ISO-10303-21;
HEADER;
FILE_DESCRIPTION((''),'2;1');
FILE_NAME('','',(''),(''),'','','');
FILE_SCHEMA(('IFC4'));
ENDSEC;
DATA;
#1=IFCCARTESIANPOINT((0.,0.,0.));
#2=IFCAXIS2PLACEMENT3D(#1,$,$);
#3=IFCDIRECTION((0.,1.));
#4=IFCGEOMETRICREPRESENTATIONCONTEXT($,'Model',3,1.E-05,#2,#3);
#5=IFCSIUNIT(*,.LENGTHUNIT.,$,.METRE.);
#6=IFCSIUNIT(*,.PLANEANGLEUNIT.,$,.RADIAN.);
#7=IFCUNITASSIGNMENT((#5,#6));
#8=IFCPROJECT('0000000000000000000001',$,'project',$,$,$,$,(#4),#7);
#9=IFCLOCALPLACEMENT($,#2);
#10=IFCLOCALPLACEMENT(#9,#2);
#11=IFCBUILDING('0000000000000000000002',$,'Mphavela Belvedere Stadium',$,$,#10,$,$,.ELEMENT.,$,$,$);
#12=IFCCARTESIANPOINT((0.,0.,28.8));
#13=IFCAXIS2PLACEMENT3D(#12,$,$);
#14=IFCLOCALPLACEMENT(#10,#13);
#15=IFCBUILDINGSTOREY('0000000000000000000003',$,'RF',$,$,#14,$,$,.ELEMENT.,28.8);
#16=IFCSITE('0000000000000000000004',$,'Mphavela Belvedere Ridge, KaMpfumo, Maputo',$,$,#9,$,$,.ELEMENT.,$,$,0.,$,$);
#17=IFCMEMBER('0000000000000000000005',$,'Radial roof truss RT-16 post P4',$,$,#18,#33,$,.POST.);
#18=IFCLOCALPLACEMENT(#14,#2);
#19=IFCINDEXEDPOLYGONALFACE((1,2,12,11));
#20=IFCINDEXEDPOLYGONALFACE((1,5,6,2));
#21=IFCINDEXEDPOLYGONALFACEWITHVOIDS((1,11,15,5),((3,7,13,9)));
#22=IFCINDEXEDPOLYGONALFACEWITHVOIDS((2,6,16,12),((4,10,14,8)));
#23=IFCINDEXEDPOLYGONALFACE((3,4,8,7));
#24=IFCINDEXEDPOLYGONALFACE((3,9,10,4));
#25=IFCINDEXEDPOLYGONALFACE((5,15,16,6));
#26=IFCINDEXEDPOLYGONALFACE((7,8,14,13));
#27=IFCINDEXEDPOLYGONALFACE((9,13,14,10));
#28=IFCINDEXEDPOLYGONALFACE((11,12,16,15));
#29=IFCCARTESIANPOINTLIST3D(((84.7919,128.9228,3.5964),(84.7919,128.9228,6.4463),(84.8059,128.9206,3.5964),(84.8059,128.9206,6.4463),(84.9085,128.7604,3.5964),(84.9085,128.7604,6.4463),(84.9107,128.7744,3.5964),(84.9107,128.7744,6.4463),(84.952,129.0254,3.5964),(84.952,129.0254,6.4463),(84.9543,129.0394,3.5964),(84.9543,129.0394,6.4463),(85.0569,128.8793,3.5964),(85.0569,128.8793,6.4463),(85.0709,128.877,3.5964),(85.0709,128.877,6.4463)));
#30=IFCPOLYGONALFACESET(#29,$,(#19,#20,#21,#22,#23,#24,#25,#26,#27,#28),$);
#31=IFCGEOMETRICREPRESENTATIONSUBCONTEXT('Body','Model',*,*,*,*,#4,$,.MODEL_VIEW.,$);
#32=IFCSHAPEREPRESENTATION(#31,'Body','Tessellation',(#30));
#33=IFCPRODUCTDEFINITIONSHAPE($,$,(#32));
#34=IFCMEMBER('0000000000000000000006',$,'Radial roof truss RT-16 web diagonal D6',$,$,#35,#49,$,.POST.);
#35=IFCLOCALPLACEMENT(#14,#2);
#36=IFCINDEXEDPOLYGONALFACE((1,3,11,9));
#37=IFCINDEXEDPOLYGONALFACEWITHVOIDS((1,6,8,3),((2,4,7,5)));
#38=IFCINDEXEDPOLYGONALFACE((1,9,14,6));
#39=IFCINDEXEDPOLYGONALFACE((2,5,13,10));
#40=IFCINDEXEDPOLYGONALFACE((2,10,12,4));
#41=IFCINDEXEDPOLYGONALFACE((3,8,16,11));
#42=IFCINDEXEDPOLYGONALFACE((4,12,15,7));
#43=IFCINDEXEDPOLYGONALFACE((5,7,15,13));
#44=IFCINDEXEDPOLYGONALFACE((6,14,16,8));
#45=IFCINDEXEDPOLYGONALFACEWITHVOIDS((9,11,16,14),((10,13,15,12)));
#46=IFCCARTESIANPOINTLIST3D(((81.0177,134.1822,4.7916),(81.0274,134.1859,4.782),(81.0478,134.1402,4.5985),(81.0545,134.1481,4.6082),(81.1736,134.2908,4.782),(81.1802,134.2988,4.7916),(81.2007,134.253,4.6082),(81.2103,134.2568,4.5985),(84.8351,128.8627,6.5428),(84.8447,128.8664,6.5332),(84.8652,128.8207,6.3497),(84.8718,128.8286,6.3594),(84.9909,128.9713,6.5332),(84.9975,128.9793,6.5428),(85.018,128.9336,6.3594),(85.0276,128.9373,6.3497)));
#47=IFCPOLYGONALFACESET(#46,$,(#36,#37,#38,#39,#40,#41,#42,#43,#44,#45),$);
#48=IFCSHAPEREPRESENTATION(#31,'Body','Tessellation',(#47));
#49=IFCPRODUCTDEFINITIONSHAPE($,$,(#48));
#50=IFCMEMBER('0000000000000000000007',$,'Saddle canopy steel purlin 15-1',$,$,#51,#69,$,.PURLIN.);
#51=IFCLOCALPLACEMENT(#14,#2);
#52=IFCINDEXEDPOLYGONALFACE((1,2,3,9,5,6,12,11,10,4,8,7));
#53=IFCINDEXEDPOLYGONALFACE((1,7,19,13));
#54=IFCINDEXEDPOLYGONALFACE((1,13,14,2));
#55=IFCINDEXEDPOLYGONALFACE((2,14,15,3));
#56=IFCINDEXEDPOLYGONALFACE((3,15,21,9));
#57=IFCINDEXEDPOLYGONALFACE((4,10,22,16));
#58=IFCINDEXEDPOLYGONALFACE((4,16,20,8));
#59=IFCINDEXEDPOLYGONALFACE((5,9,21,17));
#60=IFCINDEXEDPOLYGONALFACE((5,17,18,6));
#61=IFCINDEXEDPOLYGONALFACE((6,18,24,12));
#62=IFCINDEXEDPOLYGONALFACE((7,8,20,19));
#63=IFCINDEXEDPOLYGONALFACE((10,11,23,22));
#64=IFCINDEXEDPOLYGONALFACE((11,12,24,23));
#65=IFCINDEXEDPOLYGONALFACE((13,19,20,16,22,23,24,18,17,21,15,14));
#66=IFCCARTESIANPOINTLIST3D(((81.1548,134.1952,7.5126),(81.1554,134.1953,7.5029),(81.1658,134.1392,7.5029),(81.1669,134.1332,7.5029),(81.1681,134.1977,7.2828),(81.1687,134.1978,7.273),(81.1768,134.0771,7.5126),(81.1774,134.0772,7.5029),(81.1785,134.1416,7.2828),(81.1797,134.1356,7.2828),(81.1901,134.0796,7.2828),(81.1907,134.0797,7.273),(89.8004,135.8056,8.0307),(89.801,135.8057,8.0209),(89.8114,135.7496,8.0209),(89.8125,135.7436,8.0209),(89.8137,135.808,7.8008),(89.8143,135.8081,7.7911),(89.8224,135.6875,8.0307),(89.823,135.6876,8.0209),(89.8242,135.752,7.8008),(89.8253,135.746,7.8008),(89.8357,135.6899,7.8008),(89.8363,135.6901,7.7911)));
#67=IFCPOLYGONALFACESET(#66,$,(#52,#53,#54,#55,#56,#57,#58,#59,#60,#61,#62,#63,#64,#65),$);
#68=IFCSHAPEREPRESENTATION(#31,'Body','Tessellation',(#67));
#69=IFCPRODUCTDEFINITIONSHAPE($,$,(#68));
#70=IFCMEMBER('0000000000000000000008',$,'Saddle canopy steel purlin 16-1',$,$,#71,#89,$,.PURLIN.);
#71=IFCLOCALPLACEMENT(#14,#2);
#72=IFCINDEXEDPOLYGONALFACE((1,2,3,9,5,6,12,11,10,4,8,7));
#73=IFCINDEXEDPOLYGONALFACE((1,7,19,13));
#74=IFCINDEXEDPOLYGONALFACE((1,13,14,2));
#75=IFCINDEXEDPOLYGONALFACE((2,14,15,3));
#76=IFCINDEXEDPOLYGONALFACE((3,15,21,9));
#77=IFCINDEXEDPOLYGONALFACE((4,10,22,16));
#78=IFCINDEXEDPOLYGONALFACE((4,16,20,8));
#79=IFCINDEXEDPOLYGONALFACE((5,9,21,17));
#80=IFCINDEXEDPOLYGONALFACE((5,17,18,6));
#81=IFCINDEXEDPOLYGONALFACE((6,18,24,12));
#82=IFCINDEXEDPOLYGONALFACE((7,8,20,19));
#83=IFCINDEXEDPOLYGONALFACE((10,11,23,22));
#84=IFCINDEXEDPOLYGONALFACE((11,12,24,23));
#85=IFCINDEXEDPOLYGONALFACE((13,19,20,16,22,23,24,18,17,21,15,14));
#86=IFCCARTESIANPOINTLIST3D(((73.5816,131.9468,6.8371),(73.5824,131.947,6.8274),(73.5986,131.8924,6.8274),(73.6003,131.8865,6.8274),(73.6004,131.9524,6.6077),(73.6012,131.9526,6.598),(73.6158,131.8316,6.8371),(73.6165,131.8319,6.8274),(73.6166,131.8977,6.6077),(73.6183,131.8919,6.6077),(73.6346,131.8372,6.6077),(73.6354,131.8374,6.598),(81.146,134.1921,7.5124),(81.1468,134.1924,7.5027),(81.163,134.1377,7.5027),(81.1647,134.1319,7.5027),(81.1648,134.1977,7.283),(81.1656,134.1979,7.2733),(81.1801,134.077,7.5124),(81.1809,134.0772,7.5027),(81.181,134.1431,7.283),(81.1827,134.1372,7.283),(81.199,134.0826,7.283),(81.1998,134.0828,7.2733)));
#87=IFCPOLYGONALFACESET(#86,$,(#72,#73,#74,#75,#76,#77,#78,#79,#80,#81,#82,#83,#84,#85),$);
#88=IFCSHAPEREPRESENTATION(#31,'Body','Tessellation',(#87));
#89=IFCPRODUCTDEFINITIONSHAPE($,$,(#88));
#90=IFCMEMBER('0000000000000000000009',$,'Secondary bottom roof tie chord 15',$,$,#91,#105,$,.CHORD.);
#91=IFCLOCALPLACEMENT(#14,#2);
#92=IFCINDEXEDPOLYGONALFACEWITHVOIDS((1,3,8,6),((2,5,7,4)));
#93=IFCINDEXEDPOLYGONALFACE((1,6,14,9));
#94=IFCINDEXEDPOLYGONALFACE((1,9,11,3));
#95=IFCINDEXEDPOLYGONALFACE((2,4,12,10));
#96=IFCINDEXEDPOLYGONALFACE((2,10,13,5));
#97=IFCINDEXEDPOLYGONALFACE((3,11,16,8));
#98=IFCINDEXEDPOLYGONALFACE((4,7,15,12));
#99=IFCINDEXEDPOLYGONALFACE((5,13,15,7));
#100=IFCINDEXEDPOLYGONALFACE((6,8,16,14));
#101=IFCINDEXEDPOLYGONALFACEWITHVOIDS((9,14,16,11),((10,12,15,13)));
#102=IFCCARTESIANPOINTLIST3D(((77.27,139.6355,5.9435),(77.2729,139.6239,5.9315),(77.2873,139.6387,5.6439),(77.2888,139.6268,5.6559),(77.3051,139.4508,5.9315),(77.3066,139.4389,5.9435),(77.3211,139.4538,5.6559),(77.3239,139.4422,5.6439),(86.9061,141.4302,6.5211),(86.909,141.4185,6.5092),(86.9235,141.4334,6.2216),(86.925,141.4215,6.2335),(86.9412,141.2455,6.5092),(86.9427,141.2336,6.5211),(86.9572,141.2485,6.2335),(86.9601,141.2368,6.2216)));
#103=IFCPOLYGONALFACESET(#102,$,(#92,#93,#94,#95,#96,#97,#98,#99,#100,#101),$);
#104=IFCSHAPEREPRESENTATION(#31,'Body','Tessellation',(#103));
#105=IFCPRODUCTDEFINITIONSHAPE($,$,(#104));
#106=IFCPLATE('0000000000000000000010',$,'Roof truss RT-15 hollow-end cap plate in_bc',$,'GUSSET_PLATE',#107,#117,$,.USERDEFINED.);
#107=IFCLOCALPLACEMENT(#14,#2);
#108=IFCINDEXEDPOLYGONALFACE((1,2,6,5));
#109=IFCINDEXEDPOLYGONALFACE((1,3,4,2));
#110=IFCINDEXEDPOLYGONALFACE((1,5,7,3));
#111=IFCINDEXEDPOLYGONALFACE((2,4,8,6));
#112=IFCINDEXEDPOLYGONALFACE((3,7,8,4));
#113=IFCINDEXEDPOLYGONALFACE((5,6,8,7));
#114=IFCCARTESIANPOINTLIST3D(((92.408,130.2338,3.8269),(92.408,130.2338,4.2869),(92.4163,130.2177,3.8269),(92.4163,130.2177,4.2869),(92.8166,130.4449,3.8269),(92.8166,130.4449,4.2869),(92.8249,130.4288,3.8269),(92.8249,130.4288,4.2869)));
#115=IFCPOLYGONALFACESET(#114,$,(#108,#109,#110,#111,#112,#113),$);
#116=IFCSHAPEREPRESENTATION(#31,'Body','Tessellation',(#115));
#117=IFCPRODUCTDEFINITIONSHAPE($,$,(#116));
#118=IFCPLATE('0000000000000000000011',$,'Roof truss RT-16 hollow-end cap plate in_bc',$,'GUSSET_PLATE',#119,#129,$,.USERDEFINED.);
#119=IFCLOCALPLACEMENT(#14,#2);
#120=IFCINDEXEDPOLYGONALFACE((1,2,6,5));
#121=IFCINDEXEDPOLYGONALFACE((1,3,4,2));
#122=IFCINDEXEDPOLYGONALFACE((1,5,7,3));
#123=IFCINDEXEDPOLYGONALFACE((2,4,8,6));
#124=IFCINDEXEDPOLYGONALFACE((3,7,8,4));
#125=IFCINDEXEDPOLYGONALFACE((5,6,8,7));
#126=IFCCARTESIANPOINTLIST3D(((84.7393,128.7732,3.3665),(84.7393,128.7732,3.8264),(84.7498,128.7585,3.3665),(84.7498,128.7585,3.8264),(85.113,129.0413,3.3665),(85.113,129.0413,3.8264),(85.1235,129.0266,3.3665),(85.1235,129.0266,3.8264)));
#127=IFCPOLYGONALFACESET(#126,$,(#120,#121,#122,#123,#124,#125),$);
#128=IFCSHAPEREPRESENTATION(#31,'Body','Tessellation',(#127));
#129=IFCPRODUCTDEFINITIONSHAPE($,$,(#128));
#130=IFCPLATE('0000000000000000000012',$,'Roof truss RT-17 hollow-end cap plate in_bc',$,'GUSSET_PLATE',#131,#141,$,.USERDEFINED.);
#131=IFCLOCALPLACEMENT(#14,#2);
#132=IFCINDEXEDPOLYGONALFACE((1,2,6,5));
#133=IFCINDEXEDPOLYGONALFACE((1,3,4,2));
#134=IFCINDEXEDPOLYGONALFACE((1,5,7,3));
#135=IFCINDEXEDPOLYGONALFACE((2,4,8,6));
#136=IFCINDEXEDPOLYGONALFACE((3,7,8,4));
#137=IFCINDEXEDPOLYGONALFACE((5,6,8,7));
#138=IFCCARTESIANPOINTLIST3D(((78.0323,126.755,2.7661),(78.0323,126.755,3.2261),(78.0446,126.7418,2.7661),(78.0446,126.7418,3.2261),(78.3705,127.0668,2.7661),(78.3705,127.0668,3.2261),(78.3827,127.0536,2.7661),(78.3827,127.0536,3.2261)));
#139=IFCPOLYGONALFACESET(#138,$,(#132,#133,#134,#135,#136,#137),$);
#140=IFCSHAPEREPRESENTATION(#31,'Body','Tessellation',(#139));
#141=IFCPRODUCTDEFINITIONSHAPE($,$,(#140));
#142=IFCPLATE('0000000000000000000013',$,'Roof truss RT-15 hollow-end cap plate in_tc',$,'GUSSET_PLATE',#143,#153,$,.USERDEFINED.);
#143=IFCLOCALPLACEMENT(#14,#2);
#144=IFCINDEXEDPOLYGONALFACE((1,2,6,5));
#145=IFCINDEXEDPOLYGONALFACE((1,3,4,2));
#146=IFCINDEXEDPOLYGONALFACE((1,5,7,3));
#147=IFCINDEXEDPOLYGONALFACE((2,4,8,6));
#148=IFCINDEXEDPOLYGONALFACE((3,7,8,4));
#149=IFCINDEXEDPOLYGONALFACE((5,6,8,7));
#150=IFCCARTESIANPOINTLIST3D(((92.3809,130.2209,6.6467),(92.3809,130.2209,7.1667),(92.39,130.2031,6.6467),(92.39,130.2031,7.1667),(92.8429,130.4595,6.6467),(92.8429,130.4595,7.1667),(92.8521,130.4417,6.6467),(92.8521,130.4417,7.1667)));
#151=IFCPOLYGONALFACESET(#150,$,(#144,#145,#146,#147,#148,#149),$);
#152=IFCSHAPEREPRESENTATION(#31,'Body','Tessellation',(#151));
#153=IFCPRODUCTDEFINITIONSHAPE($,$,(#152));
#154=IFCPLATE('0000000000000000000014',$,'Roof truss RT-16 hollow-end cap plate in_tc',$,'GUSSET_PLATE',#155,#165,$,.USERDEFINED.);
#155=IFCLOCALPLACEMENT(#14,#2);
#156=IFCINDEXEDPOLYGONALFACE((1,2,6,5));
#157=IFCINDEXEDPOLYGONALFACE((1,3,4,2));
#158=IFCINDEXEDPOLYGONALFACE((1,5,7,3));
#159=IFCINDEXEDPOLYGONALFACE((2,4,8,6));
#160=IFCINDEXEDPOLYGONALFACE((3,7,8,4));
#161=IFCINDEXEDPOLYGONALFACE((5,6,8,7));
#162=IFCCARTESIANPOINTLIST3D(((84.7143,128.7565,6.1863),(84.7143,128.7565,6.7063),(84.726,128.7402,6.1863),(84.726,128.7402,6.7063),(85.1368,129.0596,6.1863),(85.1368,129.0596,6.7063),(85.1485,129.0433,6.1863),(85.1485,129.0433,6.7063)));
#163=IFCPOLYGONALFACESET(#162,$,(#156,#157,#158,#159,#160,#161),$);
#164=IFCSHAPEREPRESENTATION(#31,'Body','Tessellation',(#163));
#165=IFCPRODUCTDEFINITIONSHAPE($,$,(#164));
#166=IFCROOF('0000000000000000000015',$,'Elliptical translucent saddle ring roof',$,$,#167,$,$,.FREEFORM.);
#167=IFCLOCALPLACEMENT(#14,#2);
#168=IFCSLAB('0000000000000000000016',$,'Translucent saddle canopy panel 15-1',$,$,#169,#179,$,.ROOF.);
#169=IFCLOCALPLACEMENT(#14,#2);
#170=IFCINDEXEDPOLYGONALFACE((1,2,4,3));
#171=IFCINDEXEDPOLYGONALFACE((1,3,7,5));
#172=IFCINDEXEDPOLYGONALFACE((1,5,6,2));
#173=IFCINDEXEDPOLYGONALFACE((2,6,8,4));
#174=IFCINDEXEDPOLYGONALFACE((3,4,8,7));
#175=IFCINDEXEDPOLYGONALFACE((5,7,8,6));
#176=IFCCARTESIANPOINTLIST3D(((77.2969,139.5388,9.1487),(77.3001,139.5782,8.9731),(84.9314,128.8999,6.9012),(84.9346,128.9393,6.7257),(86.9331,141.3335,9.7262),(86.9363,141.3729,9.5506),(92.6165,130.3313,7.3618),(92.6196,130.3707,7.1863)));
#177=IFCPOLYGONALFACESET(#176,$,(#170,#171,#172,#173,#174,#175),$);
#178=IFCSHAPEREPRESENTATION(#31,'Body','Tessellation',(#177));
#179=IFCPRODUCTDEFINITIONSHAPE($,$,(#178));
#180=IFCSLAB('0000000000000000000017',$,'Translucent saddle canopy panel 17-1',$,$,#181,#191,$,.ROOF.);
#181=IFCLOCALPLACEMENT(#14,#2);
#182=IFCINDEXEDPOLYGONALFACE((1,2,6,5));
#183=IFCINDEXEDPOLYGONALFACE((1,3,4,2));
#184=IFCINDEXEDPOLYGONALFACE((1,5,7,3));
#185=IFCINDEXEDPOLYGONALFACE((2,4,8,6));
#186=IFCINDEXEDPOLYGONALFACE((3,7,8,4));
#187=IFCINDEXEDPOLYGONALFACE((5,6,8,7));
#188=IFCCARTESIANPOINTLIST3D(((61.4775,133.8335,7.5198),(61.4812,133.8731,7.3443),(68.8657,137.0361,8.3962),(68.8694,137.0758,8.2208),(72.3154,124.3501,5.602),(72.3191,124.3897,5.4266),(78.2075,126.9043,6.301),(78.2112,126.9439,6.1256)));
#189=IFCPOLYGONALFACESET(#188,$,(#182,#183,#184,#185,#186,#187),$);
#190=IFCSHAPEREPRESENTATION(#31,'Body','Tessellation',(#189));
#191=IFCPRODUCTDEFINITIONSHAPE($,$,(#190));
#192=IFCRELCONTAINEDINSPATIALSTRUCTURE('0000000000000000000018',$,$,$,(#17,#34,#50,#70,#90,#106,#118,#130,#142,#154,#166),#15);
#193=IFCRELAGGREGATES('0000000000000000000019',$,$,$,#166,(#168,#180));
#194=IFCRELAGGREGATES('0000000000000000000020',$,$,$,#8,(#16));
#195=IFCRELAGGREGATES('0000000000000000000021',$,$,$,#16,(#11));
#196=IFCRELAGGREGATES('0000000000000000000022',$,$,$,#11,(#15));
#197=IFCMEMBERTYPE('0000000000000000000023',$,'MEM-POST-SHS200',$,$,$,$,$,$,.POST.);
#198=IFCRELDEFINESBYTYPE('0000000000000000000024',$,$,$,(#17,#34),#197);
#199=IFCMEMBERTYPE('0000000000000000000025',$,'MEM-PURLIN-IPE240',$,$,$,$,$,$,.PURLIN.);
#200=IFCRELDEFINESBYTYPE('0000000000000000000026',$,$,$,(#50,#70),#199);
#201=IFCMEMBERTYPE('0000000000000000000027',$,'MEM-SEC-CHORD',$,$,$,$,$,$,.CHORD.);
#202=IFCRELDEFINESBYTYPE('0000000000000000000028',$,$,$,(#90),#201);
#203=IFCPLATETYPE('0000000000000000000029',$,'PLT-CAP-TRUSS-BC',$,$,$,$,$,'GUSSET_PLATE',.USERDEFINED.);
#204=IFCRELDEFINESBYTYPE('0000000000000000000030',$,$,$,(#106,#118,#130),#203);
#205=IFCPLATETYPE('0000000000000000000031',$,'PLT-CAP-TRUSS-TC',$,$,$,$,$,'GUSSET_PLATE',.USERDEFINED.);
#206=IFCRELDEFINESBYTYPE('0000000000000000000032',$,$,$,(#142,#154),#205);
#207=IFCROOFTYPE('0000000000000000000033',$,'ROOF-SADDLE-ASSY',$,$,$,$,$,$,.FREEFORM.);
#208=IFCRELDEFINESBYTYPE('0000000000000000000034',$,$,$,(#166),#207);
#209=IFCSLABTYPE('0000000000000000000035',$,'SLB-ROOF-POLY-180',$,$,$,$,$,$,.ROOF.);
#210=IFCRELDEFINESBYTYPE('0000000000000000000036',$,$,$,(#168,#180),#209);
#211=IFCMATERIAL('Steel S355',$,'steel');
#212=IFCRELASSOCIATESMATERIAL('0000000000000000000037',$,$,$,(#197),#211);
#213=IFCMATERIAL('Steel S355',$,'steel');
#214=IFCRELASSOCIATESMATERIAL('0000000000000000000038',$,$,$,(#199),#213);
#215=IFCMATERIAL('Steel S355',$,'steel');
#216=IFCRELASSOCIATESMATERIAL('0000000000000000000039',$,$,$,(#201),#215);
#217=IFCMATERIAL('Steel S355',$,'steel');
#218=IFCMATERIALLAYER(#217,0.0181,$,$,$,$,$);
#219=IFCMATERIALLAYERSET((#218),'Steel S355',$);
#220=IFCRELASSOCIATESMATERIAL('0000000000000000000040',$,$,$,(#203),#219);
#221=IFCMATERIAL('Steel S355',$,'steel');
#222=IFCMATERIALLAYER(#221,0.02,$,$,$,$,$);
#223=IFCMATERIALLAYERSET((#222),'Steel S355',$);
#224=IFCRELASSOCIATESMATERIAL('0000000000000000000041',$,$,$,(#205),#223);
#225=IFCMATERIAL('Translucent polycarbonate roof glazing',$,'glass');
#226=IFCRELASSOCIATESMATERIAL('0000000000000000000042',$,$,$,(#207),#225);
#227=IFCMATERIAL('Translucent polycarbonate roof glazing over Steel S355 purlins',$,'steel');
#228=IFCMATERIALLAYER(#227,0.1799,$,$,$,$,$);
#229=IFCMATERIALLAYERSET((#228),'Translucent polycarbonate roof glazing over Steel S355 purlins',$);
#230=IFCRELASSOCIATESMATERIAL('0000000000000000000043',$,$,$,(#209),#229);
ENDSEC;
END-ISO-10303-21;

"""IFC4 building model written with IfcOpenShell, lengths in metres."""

from ifc_helpers import new_model, si_unit, direction, frame, origin, origin_2d, place, context, subcontext, project, spatial, polyline, rectangle, hollow_rectangle, i_section, outline, extrude, material, layer, layer_set, material_profile, profile_set, type_object, element, aggregate, save


model = new_model("IFC4")

# Units and contexts
model_context = context("Model", 3, precision=1e-05, world=origin(), true_north=direction((0.0, 1.0)))
body_context = subcontext(model_context, "Body", "Model", "MODEL_VIEW")
ifc_project = project(units=[si_unit("LENGTHUNIT", "METRE"), si_unit("PLANEANGLEUNIT", "RADIAN")], contexts=[model_context])

# Site, building, storey
site_placement = place(None, origin())
site = spatial("IfcSite", under=ifc_project, at=site_placement, Name="Mphavela Belvedere Ridge, KaMpfumo, Maputo", CompositionType="ELEMENT", RefElevation=0.0)
building_placement = place(site_placement, origin())
building = spatial("IfcBuilding", under=site, at=building_placement, Name="Mphavela Belvedere Stadium", CompositionType="ELEMENT")
storey_placement = place(building_placement, frame((0.0, 0.0, 28.8)))
storey = spatial("IfcBuildingStorey", under=building, at=storey_placement, Name="RF", CompositionType="ELEMENT", Elevation=28.8)

# Members
ifc_material_1 = material(Name="Steel S355", Category="steel")
ifc_material_profile_1 = material_profile(ifc_material_1, hollow_rectangle(XDim=0.2, YDim=0.2, WallThickness=0.01, at=origin_2d()), Name="SHS 200x200x10")
ifc_profile_set_1 = profile_set([ifc_material_profile_1], Name="Steel S355")
member_type_1 = type_object("IfcMemberType", Name="MEM-POST-SHS200", PredefinedType="POST", material=ifc_profile_set_1)
member_1_placement = place(storey_placement, frame((84.9314, 128.8999, 3.5964), z_axis=(0.0, 0.0, 1.0), x_axis=(-0.582974, 0.812491, 0.0)))
element("IfcMember", 1, at=member_1_placement, inside=storey, type_object=member_type_1, Name="Radial roof truss RT-16 post P4", PredefinedType="POST", context=body_context, shape_type="SweptSolid", body=[
    extrude(hollow_rectangle(XDim=0.2, YDim=0.2, WallThickness=0.01, at=origin_2d()), origin(), (0.0, 0.0, 1.0), 2.8499),
])
member_2_placement = place(storey_placement, frame((81.114, 134.2195, 4.6951), z_axis=(0.563227, -0.784866, 0.25838), x_axis=(0.812454, 0.583025, 0.0)))
element("IfcMember", 2, at=member_2_placement, inside=storey, type_object=member_type_1, Name="Radial roof truss RT-16 web diagonal D6", PredefinedType="POST", context=body_context, shape_type="SweptSolid", body=[
    extrude(hollow_rectangle(XDim=0.2, YDim=0.2, WallThickness=0.01, at=origin_2d()), origin(), (0.0, 0.0, 1.0), 6.7776),
])
ifc_material_2 = material(Name="Steel S355", Category="steel")
ifc_material_profile_2 = material_profile(ifc_material_2, i_section(OverallWidth=0.1201, OverallDepth=0.24, WebThickness=0.0061, FlangeThickness=0.0098, at=origin_2d()), Name="IPE 240")
ifc_profile_set_2 = profile_set([ifc_material_profile_2], Name="Steel S355")
member_type_2 = type_object("IfcMemberType", Name="MEM-PURLIN-IPE240", PredefinedType="PURLIN", material=ifc_profile_set_2)
member_3_placement = place(storey_placement, frame((89.8184, 135.7478, 7.9109), z_axis=(-0.98139, -0.182798, -0.058808), x_axis=(0.183115, -0.983091, 0.0)))
element("IfcMember", 3, at=member_3_placement, inside=storey, type_object=member_type_2, Name="Saddle canopy steel purlin 15-1", PredefinedType="PURLIN", context=body_context, shape_type="SweptSolid", body=[
    extrude(i_section(OverallWidth=0.1201, OverallDepth=0.24, WebThickness=0.0061, FlangeThickness=0.0098, at=origin_2d()), origin(), (0.0, 0.0, 1.0), 8.8096),
])
member_4_placement = place(storey_placement, frame((81.1729, 134.1375, 7.3928), z_axis=(-0.955167, -0.283523, -0.08527), x_axis=(0.284559, -0.958658, 0.0)))
element("IfcMember", 4, at=member_4_placement, inside=storey, type_object=member_type_2, Name="Saddle canopy steel purlin 16-1", PredefinedType="PURLIN", context=body_context, shape_type="SweptSolid", body=[
    extrude(i_section(OverallWidth=0.1201, OverallDepth=0.24, WebThickness=0.0061, FlangeThickness=0.0098, at=origin_2d()), origin(), (0.0, 0.0, 1.0), 7.9194),
])
ifc_material_3 = material(Name="Steel S355", Category="steel")
ifc_material_profile_3 = material_profile(ifc_material_3, hollow_rectangle(XDim=0.2, YDim=0.3, WallThickness=0.012, at=origin_2d()), Name="RHS 300x200x12")
ifc_profile_set_3 = profile_set([ifc_material_profile_3], Name="Steel S355")
member_type_3 = type_object("IfcMemberType", Name="MEM-SEC-CHORD", PredefinedType="CHORD", material=ifc_profile_set_3)
member_5_placement = place(storey_placement, frame((86.9331, 141.3335, 6.3713), z_axis=(-0.981393, -0.182777, -0.058829), x_axis=(0.183094, -0.983095, 0.0)))
element("IfcMember", 5, at=member_5_placement, inside=storey, type_object=member_type_3, Name="Secondary bottom roof tie chord 15", PredefinedType="CHORD", context=body_context, shape_type="SweptSolid", body=[
    extrude(hollow_rectangle(XDim=0.2, YDim=0.3, WallThickness=0.012, at=origin_2d()), origin(), (0.0, 0.0, 1.0), 9.8188),
])

# Plates
ifc_material_4 = material(Name="Steel S355", Category="steel")
ifc_layer_1 = layer(ifc_material_4, 0.0181)
ifc_layer_set_1 = layer_set([ifc_layer_1], Name="Steel S355")
plate_type_1 = type_object("IfcPlateType", Name="PLT-CAP-TRUSS-BC", ElementType="GUSSET_PLATE", PredefinedType="USERDEFINED", material=ifc_layer_set_1)
for number, where, z_axis, x_axis, name in (
    (6, (92.6165, 130.3313, 3.8269), (0.0, 0.0, 1.0), (-0.45896, 0.888457, 0.0), "Roof truss RT-15 hollow-end cap plate in_bc"),
    (7, (84.9314, 128.8999, 3.3665), (0.0, 0.0, 1.0), (-0.582974, 0.812491, 0.0), "Roof truss RT-16 hollow-end cap plate in_bc"),
    (8, (78.2075, 126.9043, 2.7661), (0.0, 0.0, 1.0), (-0.677903, 0.735151, 0.0), "Roof truss RT-17 hollow-end cap plate in_bc"),
):
    element("IfcPlate", number, at=place(storey_placement, frame(where, z_axis=z_axis, x_axis=x_axis)), inside=storey, type_object=plate_type_1, Name=name, ObjectType="GUSSET_PLATE", PredefinedType="USERDEFINED", context=body_context, shape_type="SweptSolid", body=[
        extrude(rectangle(XDim=0.0181, YDim=0.46, at=origin_2d()), origin(), (0.0, 0.0, 1.0), 0.46),
    ])
ifc_material_5 = material(Name="Steel S355", Category="steel")
ifc_layer_2 = layer(ifc_material_5, 0.02)
ifc_layer_set_2 = layer_set([ifc_layer_2], Name="Steel S355")
plate_type_2 = type_object("IfcPlateType", Name="PLT-CAP-TRUSS-TC", ElementType="GUSSET_PLATE", PredefinedType="USERDEFINED", material=ifc_layer_set_2)
for number, where, z_axis, x_axis, name in (
    (9, (92.6165, 130.3313, 6.6467), (0.0, 0.0, 1.0), (-0.45896, 0.888457, 0.0), "Roof truss RT-15 hollow-end cap plate in_tc"),
    (10, (84.9314, 128.8999, 6.1863), (0.0, 0.0, 1.0), (-0.582974, 0.812491, 0.0), "Roof truss RT-16 hollow-end cap plate in_tc"),
):
    element("IfcPlate", number, at=place(storey_placement, frame(where, z_axis=z_axis, x_axis=x_axis)), inside=storey, type_object=plate_type_2, Name=name, ObjectType="GUSSET_PLATE", PredefinedType="USERDEFINED", context=body_context, shape_type="SweptSolid", body=[
        extrude(rectangle(XDim=0.02, YDim=0.52, at=origin_2d()), origin(), (0.0, 0.0, 1.0), 0.52),
    ])

# Roof, slabs
ifc_material_6 = material(Name="Translucent polycarbonate roof glazing", Category="glass")
roof_type = type_object("IfcRoofType", Name="ROOF-SADDLE-ASSY", PredefinedType="FREEFORM", material=ifc_material_6)
roof_placement = place(storey_placement, origin())
roof = element("IfcRoof", 11, at=roof_placement, inside=storey, type_object=roof_type, Name="Elliptical translucent saddle ring roof", PredefinedType="FREEFORM")
ifc_material_7 = material(Name="Translucent polycarbonate roof glazing over Steel S355 purlins", Category="steel")
ifc_layer_3 = layer(ifc_material_7, 0.1799)
ifc_layer_set_3 = layer_set([ifc_layer_3], Name="Translucent polycarbonate roof glazing over Steel S355 purlins")
slab_type = type_object("IfcSlabType", Name="SLB-ROOF-POLY-180", PredefinedType="ROOF", material=ifc_layer_set_3)
slab_1_placement = place(storey_placement, frame((92.6165, 130.3313, 7.3618), z_axis=(-0.017716, -0.218809, 0.975607), x_axis=(-0.981392, -0.182787, -0.058817)))
slab_1 = element("IfcSlab", 12, at=slab_1_placement, type_object=slab_type, Name="Translucent saddle canopy panel 15-1", PredefinedType="ROOF", context=body_context, shape_type="SweptSolid", body=[
    extrude(outline(polyline([(0.0, 0.0), (7.8308, 0.0), (13.2464, -12.1324), (3.4275, -12.1323), (0.0, 0.0)])), origin(), (0.0, 0.0, -1.0), 0.1799),
])
slab_2_placement = place(storey_placement, frame((78.2075, 126.9043, 6.301), z_axis=(-0.020197, -0.220292, 0.975225), x_axis=(-0.912114, -0.395398, -0.108206)))
slab_2 = element("IfcSlab", 13, at=slab_2_placement, type_object=slab_type, Name="Translucent saddle canopy panel 17-1", PredefinedType="ROOF", context=body_context, shape_type="SweptSolid", body=[
    extrude(outline(polyline([(0.0, 0.0), (6.4598, 0.0), (12.388, -13.2638), (4.288, -13.2637), (0.0, 0.0)])), origin(), (0.0, 0.0, -1.0), 0.1799),
])
aggregate(roof, [slab_1, slab_2])

save(model, "model.ifc")
